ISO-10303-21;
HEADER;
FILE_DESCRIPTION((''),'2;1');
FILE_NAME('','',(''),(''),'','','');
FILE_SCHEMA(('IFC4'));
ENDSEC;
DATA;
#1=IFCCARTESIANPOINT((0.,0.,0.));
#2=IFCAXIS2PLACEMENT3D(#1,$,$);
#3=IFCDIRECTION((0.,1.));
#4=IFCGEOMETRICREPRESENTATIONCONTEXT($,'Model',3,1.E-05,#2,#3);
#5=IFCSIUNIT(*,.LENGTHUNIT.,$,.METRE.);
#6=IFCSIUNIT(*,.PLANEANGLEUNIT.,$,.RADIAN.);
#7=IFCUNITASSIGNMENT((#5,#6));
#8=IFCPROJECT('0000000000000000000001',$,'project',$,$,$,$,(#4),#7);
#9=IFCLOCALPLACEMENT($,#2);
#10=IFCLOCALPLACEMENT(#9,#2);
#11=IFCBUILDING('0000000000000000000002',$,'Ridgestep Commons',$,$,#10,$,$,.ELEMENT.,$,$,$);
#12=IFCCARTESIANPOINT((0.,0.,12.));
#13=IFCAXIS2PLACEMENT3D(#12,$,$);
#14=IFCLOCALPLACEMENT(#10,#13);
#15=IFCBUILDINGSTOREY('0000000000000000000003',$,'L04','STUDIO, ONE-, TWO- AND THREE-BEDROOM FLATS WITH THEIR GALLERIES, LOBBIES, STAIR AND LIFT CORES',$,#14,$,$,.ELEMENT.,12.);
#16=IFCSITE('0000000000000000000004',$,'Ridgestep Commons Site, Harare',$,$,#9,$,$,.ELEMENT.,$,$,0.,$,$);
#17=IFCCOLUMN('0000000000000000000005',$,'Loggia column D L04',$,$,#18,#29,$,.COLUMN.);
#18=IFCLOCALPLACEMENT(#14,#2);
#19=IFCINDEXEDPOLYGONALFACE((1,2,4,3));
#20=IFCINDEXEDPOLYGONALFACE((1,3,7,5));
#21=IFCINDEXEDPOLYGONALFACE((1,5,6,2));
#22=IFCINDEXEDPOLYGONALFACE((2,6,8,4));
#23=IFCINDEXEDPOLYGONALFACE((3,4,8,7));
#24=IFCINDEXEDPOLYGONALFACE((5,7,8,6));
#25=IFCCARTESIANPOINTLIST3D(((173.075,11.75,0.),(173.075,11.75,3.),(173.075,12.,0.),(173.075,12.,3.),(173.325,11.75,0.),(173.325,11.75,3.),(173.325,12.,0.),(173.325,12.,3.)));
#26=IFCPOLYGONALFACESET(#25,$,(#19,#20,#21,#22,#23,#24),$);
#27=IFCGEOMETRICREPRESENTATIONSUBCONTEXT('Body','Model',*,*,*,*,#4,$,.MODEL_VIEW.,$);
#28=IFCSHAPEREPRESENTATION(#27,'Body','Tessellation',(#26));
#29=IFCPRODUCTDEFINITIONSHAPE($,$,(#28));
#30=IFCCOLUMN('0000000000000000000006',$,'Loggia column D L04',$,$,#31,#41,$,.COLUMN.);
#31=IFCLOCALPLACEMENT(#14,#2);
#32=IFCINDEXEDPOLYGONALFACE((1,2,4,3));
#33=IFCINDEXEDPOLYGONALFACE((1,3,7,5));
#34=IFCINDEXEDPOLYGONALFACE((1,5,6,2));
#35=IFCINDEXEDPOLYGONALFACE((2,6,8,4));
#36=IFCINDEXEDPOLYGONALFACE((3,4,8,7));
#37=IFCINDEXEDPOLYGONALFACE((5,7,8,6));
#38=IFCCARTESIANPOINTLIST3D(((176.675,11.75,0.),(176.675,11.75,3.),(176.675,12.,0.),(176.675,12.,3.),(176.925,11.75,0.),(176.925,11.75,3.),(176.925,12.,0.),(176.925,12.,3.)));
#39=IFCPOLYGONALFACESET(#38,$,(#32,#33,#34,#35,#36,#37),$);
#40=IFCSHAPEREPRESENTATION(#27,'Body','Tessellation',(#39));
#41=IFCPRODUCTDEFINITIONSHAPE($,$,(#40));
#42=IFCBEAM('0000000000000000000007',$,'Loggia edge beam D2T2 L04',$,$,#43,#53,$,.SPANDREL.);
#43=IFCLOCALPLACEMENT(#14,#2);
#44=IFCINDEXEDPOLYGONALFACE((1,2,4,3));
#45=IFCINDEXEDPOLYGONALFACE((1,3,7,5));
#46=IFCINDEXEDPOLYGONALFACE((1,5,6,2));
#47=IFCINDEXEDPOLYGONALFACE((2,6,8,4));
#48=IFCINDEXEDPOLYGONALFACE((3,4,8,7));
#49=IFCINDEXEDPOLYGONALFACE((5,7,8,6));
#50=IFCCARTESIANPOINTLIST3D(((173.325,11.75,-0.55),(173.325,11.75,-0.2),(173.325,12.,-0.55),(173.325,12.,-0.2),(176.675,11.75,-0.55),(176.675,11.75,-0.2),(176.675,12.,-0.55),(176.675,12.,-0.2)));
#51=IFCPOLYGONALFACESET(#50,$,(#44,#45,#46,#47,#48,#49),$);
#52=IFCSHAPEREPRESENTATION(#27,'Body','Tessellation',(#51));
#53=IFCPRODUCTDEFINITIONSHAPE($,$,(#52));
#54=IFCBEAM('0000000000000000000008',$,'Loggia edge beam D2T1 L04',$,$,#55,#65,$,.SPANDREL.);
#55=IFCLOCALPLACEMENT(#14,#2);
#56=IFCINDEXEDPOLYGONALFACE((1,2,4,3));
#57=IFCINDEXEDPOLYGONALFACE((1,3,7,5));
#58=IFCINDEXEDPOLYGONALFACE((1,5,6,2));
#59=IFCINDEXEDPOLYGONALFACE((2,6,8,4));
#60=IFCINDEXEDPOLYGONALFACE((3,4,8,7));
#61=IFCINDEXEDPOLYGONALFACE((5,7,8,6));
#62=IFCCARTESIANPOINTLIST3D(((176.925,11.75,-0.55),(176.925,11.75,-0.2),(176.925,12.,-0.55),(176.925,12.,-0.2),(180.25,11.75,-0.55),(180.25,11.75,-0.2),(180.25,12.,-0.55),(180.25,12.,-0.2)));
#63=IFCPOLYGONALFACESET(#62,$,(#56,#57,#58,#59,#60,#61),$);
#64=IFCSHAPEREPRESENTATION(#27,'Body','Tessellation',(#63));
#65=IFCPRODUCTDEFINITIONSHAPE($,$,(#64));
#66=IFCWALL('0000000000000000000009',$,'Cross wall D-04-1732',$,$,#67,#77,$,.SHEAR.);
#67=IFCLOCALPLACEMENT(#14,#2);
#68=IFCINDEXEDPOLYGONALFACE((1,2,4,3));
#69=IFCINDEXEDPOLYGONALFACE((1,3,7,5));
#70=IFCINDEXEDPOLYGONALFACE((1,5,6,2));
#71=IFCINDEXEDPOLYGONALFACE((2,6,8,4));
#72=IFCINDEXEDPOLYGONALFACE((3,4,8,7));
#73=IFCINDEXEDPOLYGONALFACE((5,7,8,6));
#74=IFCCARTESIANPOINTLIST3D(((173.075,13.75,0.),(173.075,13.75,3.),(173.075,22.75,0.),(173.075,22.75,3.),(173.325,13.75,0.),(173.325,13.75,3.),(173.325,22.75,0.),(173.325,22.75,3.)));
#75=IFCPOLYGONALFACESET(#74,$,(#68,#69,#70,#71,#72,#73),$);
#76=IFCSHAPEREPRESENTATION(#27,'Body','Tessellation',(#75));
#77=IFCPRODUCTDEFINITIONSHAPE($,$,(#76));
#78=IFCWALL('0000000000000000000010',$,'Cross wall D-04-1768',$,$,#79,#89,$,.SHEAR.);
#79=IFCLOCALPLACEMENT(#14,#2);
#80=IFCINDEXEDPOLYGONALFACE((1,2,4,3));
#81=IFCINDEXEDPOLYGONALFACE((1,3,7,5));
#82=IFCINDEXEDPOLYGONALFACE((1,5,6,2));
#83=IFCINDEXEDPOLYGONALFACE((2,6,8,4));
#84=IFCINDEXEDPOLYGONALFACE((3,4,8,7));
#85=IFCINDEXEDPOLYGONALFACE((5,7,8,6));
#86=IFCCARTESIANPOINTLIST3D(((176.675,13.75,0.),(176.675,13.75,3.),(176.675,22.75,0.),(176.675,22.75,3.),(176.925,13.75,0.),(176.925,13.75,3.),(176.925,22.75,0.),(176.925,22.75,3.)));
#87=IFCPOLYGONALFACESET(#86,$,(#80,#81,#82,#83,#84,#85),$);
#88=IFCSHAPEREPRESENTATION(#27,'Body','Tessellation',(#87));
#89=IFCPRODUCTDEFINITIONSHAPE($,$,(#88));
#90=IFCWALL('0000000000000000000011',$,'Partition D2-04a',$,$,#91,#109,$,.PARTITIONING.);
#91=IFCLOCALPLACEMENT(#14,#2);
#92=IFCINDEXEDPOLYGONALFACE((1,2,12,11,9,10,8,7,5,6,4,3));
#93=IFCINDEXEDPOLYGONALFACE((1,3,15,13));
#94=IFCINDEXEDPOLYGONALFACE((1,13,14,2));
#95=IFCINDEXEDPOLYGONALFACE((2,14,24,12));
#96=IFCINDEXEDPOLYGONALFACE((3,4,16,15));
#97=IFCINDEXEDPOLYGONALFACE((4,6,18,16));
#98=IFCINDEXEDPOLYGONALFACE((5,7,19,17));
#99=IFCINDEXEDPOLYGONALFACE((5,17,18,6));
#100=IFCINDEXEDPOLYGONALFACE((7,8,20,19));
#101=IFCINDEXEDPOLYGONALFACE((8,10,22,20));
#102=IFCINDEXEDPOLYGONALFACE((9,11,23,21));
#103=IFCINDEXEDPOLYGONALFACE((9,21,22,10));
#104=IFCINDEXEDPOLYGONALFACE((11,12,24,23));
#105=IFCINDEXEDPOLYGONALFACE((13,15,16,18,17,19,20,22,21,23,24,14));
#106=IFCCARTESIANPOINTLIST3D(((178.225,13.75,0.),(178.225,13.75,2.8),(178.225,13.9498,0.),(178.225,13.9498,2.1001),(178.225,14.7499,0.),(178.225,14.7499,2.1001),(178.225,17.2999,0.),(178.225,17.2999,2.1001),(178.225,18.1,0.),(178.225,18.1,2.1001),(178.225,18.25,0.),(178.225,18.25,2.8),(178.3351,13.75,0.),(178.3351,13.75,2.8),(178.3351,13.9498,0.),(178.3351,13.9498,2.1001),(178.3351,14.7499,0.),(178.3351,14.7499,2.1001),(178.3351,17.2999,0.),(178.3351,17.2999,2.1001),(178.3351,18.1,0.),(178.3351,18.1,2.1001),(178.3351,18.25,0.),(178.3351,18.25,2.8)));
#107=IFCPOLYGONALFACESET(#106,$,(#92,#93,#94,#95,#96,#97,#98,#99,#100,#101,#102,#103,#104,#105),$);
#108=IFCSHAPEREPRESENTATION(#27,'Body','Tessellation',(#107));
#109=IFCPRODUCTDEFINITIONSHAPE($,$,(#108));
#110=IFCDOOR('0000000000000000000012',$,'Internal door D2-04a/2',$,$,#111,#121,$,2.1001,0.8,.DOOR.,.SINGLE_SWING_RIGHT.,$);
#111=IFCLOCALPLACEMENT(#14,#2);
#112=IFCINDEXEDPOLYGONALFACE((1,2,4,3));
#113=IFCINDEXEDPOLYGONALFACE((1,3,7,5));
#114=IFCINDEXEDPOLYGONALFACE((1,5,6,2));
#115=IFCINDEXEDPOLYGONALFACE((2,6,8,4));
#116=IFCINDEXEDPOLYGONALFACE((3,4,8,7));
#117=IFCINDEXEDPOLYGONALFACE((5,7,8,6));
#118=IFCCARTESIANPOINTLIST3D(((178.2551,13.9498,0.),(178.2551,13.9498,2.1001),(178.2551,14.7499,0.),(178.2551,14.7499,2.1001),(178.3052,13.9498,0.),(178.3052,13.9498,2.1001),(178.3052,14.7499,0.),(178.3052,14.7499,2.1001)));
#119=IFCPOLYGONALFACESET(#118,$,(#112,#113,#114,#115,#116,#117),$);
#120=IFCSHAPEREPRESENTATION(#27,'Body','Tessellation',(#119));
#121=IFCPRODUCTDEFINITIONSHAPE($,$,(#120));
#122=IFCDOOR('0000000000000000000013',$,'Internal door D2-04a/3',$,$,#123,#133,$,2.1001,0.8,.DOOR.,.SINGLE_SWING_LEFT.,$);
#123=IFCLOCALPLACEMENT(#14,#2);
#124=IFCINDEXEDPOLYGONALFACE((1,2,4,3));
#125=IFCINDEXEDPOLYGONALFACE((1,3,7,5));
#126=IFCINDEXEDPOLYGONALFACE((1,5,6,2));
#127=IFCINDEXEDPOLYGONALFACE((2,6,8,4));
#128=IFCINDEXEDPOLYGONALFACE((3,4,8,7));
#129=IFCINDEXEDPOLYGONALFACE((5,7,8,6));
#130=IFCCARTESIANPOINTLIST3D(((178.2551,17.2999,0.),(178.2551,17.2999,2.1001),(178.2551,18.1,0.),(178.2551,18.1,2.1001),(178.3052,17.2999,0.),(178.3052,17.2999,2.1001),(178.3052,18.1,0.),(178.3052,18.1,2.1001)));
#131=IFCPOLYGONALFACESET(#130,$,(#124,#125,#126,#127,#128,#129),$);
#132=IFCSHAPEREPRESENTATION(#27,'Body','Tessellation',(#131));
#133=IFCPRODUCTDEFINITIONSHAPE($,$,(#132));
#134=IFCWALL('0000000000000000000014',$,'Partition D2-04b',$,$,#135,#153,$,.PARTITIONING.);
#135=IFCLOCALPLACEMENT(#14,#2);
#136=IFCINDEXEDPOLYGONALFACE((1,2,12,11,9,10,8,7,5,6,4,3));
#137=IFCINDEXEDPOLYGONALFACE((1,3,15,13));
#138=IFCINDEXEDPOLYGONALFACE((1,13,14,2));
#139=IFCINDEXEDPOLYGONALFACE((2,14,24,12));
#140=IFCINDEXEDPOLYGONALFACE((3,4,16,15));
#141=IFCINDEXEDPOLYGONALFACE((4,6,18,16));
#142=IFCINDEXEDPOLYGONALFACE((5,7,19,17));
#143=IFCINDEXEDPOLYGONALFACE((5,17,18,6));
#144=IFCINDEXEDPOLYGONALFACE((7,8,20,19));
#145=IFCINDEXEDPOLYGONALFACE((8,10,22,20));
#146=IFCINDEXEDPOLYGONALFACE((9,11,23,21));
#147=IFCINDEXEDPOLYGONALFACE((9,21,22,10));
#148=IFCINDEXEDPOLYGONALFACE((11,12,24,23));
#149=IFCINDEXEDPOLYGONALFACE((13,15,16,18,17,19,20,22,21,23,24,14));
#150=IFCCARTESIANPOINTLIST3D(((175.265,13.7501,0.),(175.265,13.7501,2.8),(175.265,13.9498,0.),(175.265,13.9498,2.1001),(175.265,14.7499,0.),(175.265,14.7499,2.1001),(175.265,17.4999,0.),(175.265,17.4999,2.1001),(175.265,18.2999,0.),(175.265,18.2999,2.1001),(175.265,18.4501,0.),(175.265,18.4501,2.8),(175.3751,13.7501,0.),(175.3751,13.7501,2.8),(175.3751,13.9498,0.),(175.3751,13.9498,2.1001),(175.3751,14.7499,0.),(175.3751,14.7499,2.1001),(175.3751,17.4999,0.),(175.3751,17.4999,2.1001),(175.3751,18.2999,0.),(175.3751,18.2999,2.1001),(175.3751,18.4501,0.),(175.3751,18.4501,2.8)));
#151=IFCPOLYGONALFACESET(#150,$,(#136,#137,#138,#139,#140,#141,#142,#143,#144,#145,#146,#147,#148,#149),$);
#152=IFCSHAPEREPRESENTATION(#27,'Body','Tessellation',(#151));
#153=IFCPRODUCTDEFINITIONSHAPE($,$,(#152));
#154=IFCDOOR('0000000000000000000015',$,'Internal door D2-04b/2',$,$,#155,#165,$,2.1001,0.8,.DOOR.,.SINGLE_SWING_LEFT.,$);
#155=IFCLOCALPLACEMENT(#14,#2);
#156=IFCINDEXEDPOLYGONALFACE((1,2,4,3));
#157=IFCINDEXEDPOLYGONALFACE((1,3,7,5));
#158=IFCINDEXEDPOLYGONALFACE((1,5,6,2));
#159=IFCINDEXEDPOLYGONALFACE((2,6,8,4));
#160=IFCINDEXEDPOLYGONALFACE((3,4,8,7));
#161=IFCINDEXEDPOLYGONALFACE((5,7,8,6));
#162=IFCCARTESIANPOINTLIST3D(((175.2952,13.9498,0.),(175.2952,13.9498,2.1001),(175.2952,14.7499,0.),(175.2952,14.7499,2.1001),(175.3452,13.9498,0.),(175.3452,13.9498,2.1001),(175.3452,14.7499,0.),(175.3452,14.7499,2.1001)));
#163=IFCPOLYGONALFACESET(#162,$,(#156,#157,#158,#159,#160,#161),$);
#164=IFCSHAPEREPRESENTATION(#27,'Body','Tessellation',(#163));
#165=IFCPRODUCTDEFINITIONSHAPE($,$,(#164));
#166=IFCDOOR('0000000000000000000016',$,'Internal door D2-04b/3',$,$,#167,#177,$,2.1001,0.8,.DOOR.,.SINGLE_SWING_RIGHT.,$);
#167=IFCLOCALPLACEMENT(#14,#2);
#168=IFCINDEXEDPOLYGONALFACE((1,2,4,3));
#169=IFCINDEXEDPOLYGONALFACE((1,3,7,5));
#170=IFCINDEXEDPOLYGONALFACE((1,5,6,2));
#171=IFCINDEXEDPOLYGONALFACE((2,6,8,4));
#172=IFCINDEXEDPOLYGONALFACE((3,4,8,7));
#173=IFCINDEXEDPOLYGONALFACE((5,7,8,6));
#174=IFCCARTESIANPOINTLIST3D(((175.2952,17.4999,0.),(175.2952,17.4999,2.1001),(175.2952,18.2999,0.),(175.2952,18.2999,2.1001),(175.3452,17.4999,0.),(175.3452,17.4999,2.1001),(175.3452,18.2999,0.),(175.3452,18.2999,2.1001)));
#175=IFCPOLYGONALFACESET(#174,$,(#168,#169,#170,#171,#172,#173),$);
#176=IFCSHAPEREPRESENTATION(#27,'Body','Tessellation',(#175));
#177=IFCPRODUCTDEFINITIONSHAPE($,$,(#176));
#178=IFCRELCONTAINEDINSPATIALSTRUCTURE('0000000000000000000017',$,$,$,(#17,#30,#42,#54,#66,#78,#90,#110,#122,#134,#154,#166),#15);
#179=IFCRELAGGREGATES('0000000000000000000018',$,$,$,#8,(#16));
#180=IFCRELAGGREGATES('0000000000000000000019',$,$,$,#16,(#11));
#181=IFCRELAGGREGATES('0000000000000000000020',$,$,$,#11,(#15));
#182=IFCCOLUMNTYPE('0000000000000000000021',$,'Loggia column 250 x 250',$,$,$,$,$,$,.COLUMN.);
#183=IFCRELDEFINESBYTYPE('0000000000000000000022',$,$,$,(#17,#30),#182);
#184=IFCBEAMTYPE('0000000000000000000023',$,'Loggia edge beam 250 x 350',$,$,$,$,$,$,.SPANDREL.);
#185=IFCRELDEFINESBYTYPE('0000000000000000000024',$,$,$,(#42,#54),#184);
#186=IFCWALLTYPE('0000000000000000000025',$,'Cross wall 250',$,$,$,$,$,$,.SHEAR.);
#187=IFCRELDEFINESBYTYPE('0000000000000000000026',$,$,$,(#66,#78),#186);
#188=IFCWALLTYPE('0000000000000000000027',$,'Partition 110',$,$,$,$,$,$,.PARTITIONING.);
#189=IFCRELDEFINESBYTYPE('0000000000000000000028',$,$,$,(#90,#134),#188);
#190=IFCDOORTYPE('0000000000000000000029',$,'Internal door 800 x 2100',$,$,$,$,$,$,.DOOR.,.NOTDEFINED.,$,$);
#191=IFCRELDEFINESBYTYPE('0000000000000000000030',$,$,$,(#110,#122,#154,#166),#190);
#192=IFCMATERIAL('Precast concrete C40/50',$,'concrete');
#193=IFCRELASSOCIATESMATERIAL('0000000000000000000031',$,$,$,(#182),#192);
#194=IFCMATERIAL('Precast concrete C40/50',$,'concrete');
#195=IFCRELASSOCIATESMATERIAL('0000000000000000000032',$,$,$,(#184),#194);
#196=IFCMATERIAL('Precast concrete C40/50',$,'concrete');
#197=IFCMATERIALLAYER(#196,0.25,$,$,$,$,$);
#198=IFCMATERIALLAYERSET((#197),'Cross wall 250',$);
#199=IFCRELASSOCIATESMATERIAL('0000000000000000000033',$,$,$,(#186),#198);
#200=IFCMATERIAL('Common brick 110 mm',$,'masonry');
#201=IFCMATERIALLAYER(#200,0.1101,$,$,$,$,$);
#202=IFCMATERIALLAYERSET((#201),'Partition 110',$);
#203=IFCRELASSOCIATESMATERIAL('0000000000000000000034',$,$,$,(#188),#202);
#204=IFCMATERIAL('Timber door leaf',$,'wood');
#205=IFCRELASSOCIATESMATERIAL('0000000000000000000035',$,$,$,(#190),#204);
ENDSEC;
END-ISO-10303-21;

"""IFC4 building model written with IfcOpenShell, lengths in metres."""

from ifc_helpers import new_model, si_unit, direction, frame, frame_2d, origin, origin_2d, place, context, subcontext, project, spatial, rectangle, extrude, material, layer, layer_set, material_profile, profile_set, type_object, element, fill, save


model = new_model("IFC4")

# Units and contexts
model_context = context("Model", 3, precision=1e-05, world=origin(), true_north=direction((0.0, 1.0)))
body_context = subcontext(model_context, "Body", "Model", "MODEL_VIEW")
ifc_project = project(units=[si_unit("LENGTHUNIT", "METRE"), si_unit("PLANEANGLEUNIT", "RADIAN")], contexts=[model_context])

# Site, building, storey
site_placement = place(None, origin())
site = spatial("IfcSite", under=ifc_project, at=site_placement, Name="Ridgestep Commons Site, Harare", CompositionType="ELEMENT", RefElevation=0.0)
building_placement = place(site_placement, origin())
building = spatial("IfcBuilding", under=site, at=building_placement, Name="Ridgestep Commons", CompositionType="ELEMENT")
storey_placement = place(building_placement, frame((0.0, 0.0, 12.0)))
storey = spatial("IfcBuildingStorey", under=building, at=storey_placement, Name="L04", Description="STUDIO, ONE-, TWO- AND THREE-BEDROOM FLATS WITH THEIR GALLERIES, LOBBIES, STAIR AND LIFT CORES", CompositionType="ELEMENT", Elevation=12.0)

# Columns
ifc_material_1 = material(Name="Precast concrete C40/50", Category="concrete")
ifc_material_profile_1 = material_profile(ifc_material_1, rectangle(XDim=0.25, YDim=0.25, at=origin_2d()), Name="PC 250x250")
ifc_profile_set_1 = profile_set([ifc_material_profile_1], Name="Precast concrete C40/50")
column_type = type_object("IfcColumnType", Name="Loggia column 250 x 250", PredefinedType="COLUMN", material=ifc_profile_set_1)
for number, where, z_axis, x_axis, name in (
    (1, (173.2, 11.875, 0.0), (0.0, 0.0, 1.0), (1.0, 0.0, 0.0), "Loggia column D L04"),
    (2, (176.8, 11.875, 0.0), (0.0, 0.0, 1.0), (1.0, 0.0, 0.0), "Loggia column D L04"),
):
    element("IfcColumn", number, at=place(storey_placement, frame(where, z_axis=z_axis, x_axis=x_axis)), inside=storey, type_object=column_type, Name=name, PredefinedType="COLUMN", context=body_context, shape_type="SweptSolid", body=[
        extrude(rectangle(XDim=0.25, YDim=0.25, at=origin_2d()), origin(), (0.0, 0.0, 1.0), 3.0),
    ])

# Beams
ifc_material_2 = material(Name="Precast concrete C40/50", Category="concrete")
ifc_material_profile_2 = material_profile(ifc_material_2, rectangle(XDim=0.25, YDim=0.3501, at=origin_2d()), Name="PC 250x350")
ifc_profile_set_2 = profile_set([ifc_material_profile_2], Name="Precast concrete C40/50")
beam_type = type_object("IfcBeamType", Name="Loggia edge beam 250 x 350", PredefinedType="SPANDREL", material=ifc_profile_set_2)
beam_1_placement = place(storey_placement, frame((173.325, 11.875, -0.375), z_axis=(1.0, 0.0, 0.0), x_axis=(0.0, 1.0, 0.0)))
element("IfcBeam", 3, at=beam_1_placement, inside=storey, type_object=beam_type, Name="Loggia edge beam D2T2 L04", PredefinedType="SPANDREL", context=body_context, shape_type="SweptSolid", body=[
    extrude(rectangle(XDim=0.25, YDim=0.3501, at=origin_2d()), origin(), (0.0, 0.0, 1.0), 3.3501),
])
beam_2_placement = place(storey_placement, frame((176.925, 11.875, -0.375), z_axis=(1.0, 0.0, 0.0), x_axis=(0.0, 1.0, 0.0)))
element("IfcBeam", 4, at=beam_2_placement, inside=storey, type_object=beam_type, Name="Loggia edge beam D2T1 L04", PredefinedType="SPANDREL", context=body_context, shape_type="SweptSolid", body=[
    extrude(rectangle(XDim=0.25, YDim=0.3501, at=origin_2d()), origin(), (0.0, 0.0, 1.0), 3.325),
])

# Walls
ifc_material_3 = material(Name="Precast concrete C40/50", Category="concrete")
ifc_layer_1 = layer(ifc_material_3, 0.25)
ifc_layer_set_1 = layer_set([ifc_layer_1], Name="Cross wall 250")
wall_type_1 = type_object("IfcWallType", Name="Cross wall 250", PredefinedType="SHEAR", material=ifc_layer_set_1)
for number, where, z_axis, x_axis, name in (
    (5, (173.2, 13.75, 0.0), (0.0, 0.0, 1.0), (0.0, 1.0, 0.0), "Cross wall D-04-1732"),
    (6, (176.8, 13.75, 0.0), (0.0, 0.0, 1.0), (0.0, 1.0, 0.0), "Cross wall D-04-1768"),
):
    element("IfcWall", number, at=place(storey_placement, frame(where, z_axis=z_axis, x_axis=x_axis)), inside=storey, type_object=wall_type_1, Name=name, PredefinedType="SHEAR", context=body_context, shape_type="SweptSolid", body=[
        extrude(rectangle(XDim=9.0, YDim=0.25, at=frame_2d((4.5, 0.0))), origin(), (0.0, 0.0, 1.0), 3.0),
    ])

# Walls, openings, doors
ifc_material_4 = material(Name="Common brick 110 mm", Category="masonry")
ifc_layer_2 = layer(ifc_material_4, 0.1101)
ifc_layer_set_2 = layer_set([ifc_layer_2], Name="Partition 110")
wall_type_2 = type_object("IfcWallType", Name="Partition 110", PredefinedType="PARTITIONING", material=ifc_layer_set_2)
wall_1_placement = place(storey_placement, frame((178.28, 13.75, 0.0), z_axis=(0.0, 0.0, 1.0), x_axis=(0.0, 1.0, 0.0)))
wall_1 = element("IfcWall", 7, at=wall_1_placement, inside=storey, type_object=wall_type_2, Name="Partition D2-04a", PredefinedType="PARTITIONING", context=body_context, shape_type="SweptSolid", body=[
    extrude(rectangle(XDim=4.5, YDim=0.1101, at=frame_2d((2.25, 0.0))), origin(), (0.0, 0.0, 1.0), 2.8),
])
opening_1_placement = place(wall_1_placement, frame((0.2, 0.0, 0.0)))
opening_1 = element("IfcOpeningElement", 8, at=opening_1_placement, cuts=wall_1, PredefinedType="OPENING", context=body_context, shape_type="SweptSolid", body=[
    extrude(rectangle(XDim=0.8, YDim=2.1001, at=frame_2d((0.3999, 1.05))), frame((0.0, 0.0649, 0.0), z_axis=(0.0, -1.0, 0.0), x_axis=(1.0, 0.0, 0.0)), (0.0, 0.0, 1.0), 0.1301),
])
opening_2_placement = place(wall_1_placement, frame((3.55, 0.0, 0.0)))
opening_2 = element("IfcOpeningElement", 9, at=opening_2_placement, cuts=wall_1, PredefinedType="OPENING", context=body_context, shape_type="SweptSolid", body=[
    extrude(rectangle(XDim=0.8, YDim=2.1001, at=frame_2d((0.3999, 1.05))), frame((0.0, 0.0649, 0.0), z_axis=(0.0, -1.0, 0.0), x_axis=(1.0, 0.0, 0.0)), (0.0, 0.0, 1.0), 0.1301),
])
ifc_material_5 = material(Name="Timber door leaf", Category="wood")
door_type_1 = type_object("IfcDoorType", Name="Internal door 800 x 2100", OperationType="NOTDEFINED", PredefinedType="DOOR", material=ifc_material_5)
door_1_placement = place(opening_1_placement, origin())
door_1 = element("IfcDoor", 10, at=door_1_placement, inside=storey, type_object=door_type_1, Name="Internal door D2-04a/2", OperationType="SINGLE_SWING_RIGHT", OverallHeight=2.1001, OverallWidth=0.8, PredefinedType="DOOR", context=body_context, shape_type="SweptSolid", body=[
    extrude(rectangle(XDim=0.8, YDim=2.1001, at=frame_2d((0.3999, 1.05))), frame((0.0, 0.0249, 0.0), z_axis=(0.0, -1.0, 0.0), x_axis=(1.0, 0.0, 0.0)), (0.0, 0.0, 1.0), 0.05),
])
fill(opening_1, door_1)
door_2_placement = place(opening_2_placement, origin())
door_2 = element("IfcDoor", 11, at=door_2_placement, inside=storey, type_object=door_type_1, Name="Internal door D2-04a/3", OperationType="SINGLE_SWING_LEFT", OverallHeight=2.1001, OverallWidth=0.8, PredefinedType="DOOR", context=body_context, shape_type="SweptSolid", body=[
    extrude(rectangle(XDim=0.8, YDim=2.1001, at=frame_2d((0.3999, 1.05))), frame((0.0, 0.0249, 0.0), z_axis=(0.0, -1.0, 0.0), x_axis=(1.0, 0.0, 0.0)), (0.0, 0.0, 1.0), 0.05),
])
fill(opening_2, door_2)
wall_2_placement = place(storey_placement, frame((175.3201, 13.75, 0.0), z_axis=(0.0, 0.0, 1.0), x_axis=(0.0, 1.0, 0.0)))
wall_2 = element("IfcWall", 12, at=wall_2_placement, inside=storey, type_object=wall_type_2, Name="Partition D2-04b", PredefinedType="PARTITIONING", context=body_context, shape_type="SweptSolid", body=[
    extrude(rectangle(XDim=4.7, YDim=0.1101, at=frame_2d((2.3501, 0.0))), origin(), (0.0, 0.0, 1.0), 2.8),
])
opening_3_placement = place(wall_2_placement, frame((0.2, 0.0, 0.0)))
opening_3 = element("IfcOpeningElement", 13, at=opening_3_placement, cuts=wall_2, PredefinedType="OPENING", context=body_context, shape_type="SweptSolid", body=[
    extrude(rectangle(XDim=0.8, YDim=2.1001, at=frame_2d((0.3999, 1.05))), frame((0.0, 0.0649, 0.0), z_axis=(0.0, -1.0, 0.0), x_axis=(1.0, 0.0, 0.0)), (0.0, 0.0, 1.0), 0.1301),
])
opening_4_placement = place(wall_2_placement, frame((3.75, 0.0, 0.0)))
opening_4 = element("IfcOpeningElement", 14, at=opening_4_placement, cuts=wall_2, PredefinedType="OPENING", context=body_context, shape_type="SweptSolid", body=[
    extrude(rectangle(XDim=0.8, YDim=2.1001, at=frame_2d((0.3999, 1.05))), frame((0.0, 0.0649, 0.0), z_axis=(0.0, -1.0, 0.0), x_axis=(1.0, 0.0, 0.0)), (0.0, 0.0, 1.0), 0.1301),
])
door_3_placement = place(opening_3_placement, origin())
door_3 = element("IfcDoor", 15, at=door_3_placement, inside=storey, type_object=door_type_1, Name="Internal door D2-04b/2", OperationType="SINGLE_SWING_LEFT", OverallHeight=2.1001, OverallWidth=0.8, PredefinedType="DOOR", context=body_context, shape_type="SweptSolid", body=[
    extrude(rectangle(XDim=0.8, YDim=2.1001, at=frame_2d((0.3999, 1.05))), frame((0.0, 0.0249, 0.0), z_axis=(0.0, -1.0, 0.0), x_axis=(1.0, 0.0, 0.0)), (0.0, 0.0, 1.0), 0.05),
])
fill(opening_3, door_3)
door_4_placement = place(opening_4_placement, origin())
door_4 = element("IfcDoor", 16, at=door_4_placement, inside=storey, type_object=door_type_1, Name="Internal door D2-04b/3", OperationType="SINGLE_SWING_RIGHT", OverallHeight=2.1001, OverallWidth=0.8, PredefinedType="DOOR", context=body_context, shape_type="SweptSolid", body=[
    extrude(rectangle(XDim=0.8, YDim=2.1001, at=frame_2d((0.3999, 1.05))), frame((0.0, 0.0249, 0.0), z_axis=(0.0, -1.0, 0.0), x_axis=(1.0, 0.0, 0.0)), (0.0, 0.0, 1.0), 0.05),
])
fill(opening_4, door_4)

save(model, "model.ifc")
